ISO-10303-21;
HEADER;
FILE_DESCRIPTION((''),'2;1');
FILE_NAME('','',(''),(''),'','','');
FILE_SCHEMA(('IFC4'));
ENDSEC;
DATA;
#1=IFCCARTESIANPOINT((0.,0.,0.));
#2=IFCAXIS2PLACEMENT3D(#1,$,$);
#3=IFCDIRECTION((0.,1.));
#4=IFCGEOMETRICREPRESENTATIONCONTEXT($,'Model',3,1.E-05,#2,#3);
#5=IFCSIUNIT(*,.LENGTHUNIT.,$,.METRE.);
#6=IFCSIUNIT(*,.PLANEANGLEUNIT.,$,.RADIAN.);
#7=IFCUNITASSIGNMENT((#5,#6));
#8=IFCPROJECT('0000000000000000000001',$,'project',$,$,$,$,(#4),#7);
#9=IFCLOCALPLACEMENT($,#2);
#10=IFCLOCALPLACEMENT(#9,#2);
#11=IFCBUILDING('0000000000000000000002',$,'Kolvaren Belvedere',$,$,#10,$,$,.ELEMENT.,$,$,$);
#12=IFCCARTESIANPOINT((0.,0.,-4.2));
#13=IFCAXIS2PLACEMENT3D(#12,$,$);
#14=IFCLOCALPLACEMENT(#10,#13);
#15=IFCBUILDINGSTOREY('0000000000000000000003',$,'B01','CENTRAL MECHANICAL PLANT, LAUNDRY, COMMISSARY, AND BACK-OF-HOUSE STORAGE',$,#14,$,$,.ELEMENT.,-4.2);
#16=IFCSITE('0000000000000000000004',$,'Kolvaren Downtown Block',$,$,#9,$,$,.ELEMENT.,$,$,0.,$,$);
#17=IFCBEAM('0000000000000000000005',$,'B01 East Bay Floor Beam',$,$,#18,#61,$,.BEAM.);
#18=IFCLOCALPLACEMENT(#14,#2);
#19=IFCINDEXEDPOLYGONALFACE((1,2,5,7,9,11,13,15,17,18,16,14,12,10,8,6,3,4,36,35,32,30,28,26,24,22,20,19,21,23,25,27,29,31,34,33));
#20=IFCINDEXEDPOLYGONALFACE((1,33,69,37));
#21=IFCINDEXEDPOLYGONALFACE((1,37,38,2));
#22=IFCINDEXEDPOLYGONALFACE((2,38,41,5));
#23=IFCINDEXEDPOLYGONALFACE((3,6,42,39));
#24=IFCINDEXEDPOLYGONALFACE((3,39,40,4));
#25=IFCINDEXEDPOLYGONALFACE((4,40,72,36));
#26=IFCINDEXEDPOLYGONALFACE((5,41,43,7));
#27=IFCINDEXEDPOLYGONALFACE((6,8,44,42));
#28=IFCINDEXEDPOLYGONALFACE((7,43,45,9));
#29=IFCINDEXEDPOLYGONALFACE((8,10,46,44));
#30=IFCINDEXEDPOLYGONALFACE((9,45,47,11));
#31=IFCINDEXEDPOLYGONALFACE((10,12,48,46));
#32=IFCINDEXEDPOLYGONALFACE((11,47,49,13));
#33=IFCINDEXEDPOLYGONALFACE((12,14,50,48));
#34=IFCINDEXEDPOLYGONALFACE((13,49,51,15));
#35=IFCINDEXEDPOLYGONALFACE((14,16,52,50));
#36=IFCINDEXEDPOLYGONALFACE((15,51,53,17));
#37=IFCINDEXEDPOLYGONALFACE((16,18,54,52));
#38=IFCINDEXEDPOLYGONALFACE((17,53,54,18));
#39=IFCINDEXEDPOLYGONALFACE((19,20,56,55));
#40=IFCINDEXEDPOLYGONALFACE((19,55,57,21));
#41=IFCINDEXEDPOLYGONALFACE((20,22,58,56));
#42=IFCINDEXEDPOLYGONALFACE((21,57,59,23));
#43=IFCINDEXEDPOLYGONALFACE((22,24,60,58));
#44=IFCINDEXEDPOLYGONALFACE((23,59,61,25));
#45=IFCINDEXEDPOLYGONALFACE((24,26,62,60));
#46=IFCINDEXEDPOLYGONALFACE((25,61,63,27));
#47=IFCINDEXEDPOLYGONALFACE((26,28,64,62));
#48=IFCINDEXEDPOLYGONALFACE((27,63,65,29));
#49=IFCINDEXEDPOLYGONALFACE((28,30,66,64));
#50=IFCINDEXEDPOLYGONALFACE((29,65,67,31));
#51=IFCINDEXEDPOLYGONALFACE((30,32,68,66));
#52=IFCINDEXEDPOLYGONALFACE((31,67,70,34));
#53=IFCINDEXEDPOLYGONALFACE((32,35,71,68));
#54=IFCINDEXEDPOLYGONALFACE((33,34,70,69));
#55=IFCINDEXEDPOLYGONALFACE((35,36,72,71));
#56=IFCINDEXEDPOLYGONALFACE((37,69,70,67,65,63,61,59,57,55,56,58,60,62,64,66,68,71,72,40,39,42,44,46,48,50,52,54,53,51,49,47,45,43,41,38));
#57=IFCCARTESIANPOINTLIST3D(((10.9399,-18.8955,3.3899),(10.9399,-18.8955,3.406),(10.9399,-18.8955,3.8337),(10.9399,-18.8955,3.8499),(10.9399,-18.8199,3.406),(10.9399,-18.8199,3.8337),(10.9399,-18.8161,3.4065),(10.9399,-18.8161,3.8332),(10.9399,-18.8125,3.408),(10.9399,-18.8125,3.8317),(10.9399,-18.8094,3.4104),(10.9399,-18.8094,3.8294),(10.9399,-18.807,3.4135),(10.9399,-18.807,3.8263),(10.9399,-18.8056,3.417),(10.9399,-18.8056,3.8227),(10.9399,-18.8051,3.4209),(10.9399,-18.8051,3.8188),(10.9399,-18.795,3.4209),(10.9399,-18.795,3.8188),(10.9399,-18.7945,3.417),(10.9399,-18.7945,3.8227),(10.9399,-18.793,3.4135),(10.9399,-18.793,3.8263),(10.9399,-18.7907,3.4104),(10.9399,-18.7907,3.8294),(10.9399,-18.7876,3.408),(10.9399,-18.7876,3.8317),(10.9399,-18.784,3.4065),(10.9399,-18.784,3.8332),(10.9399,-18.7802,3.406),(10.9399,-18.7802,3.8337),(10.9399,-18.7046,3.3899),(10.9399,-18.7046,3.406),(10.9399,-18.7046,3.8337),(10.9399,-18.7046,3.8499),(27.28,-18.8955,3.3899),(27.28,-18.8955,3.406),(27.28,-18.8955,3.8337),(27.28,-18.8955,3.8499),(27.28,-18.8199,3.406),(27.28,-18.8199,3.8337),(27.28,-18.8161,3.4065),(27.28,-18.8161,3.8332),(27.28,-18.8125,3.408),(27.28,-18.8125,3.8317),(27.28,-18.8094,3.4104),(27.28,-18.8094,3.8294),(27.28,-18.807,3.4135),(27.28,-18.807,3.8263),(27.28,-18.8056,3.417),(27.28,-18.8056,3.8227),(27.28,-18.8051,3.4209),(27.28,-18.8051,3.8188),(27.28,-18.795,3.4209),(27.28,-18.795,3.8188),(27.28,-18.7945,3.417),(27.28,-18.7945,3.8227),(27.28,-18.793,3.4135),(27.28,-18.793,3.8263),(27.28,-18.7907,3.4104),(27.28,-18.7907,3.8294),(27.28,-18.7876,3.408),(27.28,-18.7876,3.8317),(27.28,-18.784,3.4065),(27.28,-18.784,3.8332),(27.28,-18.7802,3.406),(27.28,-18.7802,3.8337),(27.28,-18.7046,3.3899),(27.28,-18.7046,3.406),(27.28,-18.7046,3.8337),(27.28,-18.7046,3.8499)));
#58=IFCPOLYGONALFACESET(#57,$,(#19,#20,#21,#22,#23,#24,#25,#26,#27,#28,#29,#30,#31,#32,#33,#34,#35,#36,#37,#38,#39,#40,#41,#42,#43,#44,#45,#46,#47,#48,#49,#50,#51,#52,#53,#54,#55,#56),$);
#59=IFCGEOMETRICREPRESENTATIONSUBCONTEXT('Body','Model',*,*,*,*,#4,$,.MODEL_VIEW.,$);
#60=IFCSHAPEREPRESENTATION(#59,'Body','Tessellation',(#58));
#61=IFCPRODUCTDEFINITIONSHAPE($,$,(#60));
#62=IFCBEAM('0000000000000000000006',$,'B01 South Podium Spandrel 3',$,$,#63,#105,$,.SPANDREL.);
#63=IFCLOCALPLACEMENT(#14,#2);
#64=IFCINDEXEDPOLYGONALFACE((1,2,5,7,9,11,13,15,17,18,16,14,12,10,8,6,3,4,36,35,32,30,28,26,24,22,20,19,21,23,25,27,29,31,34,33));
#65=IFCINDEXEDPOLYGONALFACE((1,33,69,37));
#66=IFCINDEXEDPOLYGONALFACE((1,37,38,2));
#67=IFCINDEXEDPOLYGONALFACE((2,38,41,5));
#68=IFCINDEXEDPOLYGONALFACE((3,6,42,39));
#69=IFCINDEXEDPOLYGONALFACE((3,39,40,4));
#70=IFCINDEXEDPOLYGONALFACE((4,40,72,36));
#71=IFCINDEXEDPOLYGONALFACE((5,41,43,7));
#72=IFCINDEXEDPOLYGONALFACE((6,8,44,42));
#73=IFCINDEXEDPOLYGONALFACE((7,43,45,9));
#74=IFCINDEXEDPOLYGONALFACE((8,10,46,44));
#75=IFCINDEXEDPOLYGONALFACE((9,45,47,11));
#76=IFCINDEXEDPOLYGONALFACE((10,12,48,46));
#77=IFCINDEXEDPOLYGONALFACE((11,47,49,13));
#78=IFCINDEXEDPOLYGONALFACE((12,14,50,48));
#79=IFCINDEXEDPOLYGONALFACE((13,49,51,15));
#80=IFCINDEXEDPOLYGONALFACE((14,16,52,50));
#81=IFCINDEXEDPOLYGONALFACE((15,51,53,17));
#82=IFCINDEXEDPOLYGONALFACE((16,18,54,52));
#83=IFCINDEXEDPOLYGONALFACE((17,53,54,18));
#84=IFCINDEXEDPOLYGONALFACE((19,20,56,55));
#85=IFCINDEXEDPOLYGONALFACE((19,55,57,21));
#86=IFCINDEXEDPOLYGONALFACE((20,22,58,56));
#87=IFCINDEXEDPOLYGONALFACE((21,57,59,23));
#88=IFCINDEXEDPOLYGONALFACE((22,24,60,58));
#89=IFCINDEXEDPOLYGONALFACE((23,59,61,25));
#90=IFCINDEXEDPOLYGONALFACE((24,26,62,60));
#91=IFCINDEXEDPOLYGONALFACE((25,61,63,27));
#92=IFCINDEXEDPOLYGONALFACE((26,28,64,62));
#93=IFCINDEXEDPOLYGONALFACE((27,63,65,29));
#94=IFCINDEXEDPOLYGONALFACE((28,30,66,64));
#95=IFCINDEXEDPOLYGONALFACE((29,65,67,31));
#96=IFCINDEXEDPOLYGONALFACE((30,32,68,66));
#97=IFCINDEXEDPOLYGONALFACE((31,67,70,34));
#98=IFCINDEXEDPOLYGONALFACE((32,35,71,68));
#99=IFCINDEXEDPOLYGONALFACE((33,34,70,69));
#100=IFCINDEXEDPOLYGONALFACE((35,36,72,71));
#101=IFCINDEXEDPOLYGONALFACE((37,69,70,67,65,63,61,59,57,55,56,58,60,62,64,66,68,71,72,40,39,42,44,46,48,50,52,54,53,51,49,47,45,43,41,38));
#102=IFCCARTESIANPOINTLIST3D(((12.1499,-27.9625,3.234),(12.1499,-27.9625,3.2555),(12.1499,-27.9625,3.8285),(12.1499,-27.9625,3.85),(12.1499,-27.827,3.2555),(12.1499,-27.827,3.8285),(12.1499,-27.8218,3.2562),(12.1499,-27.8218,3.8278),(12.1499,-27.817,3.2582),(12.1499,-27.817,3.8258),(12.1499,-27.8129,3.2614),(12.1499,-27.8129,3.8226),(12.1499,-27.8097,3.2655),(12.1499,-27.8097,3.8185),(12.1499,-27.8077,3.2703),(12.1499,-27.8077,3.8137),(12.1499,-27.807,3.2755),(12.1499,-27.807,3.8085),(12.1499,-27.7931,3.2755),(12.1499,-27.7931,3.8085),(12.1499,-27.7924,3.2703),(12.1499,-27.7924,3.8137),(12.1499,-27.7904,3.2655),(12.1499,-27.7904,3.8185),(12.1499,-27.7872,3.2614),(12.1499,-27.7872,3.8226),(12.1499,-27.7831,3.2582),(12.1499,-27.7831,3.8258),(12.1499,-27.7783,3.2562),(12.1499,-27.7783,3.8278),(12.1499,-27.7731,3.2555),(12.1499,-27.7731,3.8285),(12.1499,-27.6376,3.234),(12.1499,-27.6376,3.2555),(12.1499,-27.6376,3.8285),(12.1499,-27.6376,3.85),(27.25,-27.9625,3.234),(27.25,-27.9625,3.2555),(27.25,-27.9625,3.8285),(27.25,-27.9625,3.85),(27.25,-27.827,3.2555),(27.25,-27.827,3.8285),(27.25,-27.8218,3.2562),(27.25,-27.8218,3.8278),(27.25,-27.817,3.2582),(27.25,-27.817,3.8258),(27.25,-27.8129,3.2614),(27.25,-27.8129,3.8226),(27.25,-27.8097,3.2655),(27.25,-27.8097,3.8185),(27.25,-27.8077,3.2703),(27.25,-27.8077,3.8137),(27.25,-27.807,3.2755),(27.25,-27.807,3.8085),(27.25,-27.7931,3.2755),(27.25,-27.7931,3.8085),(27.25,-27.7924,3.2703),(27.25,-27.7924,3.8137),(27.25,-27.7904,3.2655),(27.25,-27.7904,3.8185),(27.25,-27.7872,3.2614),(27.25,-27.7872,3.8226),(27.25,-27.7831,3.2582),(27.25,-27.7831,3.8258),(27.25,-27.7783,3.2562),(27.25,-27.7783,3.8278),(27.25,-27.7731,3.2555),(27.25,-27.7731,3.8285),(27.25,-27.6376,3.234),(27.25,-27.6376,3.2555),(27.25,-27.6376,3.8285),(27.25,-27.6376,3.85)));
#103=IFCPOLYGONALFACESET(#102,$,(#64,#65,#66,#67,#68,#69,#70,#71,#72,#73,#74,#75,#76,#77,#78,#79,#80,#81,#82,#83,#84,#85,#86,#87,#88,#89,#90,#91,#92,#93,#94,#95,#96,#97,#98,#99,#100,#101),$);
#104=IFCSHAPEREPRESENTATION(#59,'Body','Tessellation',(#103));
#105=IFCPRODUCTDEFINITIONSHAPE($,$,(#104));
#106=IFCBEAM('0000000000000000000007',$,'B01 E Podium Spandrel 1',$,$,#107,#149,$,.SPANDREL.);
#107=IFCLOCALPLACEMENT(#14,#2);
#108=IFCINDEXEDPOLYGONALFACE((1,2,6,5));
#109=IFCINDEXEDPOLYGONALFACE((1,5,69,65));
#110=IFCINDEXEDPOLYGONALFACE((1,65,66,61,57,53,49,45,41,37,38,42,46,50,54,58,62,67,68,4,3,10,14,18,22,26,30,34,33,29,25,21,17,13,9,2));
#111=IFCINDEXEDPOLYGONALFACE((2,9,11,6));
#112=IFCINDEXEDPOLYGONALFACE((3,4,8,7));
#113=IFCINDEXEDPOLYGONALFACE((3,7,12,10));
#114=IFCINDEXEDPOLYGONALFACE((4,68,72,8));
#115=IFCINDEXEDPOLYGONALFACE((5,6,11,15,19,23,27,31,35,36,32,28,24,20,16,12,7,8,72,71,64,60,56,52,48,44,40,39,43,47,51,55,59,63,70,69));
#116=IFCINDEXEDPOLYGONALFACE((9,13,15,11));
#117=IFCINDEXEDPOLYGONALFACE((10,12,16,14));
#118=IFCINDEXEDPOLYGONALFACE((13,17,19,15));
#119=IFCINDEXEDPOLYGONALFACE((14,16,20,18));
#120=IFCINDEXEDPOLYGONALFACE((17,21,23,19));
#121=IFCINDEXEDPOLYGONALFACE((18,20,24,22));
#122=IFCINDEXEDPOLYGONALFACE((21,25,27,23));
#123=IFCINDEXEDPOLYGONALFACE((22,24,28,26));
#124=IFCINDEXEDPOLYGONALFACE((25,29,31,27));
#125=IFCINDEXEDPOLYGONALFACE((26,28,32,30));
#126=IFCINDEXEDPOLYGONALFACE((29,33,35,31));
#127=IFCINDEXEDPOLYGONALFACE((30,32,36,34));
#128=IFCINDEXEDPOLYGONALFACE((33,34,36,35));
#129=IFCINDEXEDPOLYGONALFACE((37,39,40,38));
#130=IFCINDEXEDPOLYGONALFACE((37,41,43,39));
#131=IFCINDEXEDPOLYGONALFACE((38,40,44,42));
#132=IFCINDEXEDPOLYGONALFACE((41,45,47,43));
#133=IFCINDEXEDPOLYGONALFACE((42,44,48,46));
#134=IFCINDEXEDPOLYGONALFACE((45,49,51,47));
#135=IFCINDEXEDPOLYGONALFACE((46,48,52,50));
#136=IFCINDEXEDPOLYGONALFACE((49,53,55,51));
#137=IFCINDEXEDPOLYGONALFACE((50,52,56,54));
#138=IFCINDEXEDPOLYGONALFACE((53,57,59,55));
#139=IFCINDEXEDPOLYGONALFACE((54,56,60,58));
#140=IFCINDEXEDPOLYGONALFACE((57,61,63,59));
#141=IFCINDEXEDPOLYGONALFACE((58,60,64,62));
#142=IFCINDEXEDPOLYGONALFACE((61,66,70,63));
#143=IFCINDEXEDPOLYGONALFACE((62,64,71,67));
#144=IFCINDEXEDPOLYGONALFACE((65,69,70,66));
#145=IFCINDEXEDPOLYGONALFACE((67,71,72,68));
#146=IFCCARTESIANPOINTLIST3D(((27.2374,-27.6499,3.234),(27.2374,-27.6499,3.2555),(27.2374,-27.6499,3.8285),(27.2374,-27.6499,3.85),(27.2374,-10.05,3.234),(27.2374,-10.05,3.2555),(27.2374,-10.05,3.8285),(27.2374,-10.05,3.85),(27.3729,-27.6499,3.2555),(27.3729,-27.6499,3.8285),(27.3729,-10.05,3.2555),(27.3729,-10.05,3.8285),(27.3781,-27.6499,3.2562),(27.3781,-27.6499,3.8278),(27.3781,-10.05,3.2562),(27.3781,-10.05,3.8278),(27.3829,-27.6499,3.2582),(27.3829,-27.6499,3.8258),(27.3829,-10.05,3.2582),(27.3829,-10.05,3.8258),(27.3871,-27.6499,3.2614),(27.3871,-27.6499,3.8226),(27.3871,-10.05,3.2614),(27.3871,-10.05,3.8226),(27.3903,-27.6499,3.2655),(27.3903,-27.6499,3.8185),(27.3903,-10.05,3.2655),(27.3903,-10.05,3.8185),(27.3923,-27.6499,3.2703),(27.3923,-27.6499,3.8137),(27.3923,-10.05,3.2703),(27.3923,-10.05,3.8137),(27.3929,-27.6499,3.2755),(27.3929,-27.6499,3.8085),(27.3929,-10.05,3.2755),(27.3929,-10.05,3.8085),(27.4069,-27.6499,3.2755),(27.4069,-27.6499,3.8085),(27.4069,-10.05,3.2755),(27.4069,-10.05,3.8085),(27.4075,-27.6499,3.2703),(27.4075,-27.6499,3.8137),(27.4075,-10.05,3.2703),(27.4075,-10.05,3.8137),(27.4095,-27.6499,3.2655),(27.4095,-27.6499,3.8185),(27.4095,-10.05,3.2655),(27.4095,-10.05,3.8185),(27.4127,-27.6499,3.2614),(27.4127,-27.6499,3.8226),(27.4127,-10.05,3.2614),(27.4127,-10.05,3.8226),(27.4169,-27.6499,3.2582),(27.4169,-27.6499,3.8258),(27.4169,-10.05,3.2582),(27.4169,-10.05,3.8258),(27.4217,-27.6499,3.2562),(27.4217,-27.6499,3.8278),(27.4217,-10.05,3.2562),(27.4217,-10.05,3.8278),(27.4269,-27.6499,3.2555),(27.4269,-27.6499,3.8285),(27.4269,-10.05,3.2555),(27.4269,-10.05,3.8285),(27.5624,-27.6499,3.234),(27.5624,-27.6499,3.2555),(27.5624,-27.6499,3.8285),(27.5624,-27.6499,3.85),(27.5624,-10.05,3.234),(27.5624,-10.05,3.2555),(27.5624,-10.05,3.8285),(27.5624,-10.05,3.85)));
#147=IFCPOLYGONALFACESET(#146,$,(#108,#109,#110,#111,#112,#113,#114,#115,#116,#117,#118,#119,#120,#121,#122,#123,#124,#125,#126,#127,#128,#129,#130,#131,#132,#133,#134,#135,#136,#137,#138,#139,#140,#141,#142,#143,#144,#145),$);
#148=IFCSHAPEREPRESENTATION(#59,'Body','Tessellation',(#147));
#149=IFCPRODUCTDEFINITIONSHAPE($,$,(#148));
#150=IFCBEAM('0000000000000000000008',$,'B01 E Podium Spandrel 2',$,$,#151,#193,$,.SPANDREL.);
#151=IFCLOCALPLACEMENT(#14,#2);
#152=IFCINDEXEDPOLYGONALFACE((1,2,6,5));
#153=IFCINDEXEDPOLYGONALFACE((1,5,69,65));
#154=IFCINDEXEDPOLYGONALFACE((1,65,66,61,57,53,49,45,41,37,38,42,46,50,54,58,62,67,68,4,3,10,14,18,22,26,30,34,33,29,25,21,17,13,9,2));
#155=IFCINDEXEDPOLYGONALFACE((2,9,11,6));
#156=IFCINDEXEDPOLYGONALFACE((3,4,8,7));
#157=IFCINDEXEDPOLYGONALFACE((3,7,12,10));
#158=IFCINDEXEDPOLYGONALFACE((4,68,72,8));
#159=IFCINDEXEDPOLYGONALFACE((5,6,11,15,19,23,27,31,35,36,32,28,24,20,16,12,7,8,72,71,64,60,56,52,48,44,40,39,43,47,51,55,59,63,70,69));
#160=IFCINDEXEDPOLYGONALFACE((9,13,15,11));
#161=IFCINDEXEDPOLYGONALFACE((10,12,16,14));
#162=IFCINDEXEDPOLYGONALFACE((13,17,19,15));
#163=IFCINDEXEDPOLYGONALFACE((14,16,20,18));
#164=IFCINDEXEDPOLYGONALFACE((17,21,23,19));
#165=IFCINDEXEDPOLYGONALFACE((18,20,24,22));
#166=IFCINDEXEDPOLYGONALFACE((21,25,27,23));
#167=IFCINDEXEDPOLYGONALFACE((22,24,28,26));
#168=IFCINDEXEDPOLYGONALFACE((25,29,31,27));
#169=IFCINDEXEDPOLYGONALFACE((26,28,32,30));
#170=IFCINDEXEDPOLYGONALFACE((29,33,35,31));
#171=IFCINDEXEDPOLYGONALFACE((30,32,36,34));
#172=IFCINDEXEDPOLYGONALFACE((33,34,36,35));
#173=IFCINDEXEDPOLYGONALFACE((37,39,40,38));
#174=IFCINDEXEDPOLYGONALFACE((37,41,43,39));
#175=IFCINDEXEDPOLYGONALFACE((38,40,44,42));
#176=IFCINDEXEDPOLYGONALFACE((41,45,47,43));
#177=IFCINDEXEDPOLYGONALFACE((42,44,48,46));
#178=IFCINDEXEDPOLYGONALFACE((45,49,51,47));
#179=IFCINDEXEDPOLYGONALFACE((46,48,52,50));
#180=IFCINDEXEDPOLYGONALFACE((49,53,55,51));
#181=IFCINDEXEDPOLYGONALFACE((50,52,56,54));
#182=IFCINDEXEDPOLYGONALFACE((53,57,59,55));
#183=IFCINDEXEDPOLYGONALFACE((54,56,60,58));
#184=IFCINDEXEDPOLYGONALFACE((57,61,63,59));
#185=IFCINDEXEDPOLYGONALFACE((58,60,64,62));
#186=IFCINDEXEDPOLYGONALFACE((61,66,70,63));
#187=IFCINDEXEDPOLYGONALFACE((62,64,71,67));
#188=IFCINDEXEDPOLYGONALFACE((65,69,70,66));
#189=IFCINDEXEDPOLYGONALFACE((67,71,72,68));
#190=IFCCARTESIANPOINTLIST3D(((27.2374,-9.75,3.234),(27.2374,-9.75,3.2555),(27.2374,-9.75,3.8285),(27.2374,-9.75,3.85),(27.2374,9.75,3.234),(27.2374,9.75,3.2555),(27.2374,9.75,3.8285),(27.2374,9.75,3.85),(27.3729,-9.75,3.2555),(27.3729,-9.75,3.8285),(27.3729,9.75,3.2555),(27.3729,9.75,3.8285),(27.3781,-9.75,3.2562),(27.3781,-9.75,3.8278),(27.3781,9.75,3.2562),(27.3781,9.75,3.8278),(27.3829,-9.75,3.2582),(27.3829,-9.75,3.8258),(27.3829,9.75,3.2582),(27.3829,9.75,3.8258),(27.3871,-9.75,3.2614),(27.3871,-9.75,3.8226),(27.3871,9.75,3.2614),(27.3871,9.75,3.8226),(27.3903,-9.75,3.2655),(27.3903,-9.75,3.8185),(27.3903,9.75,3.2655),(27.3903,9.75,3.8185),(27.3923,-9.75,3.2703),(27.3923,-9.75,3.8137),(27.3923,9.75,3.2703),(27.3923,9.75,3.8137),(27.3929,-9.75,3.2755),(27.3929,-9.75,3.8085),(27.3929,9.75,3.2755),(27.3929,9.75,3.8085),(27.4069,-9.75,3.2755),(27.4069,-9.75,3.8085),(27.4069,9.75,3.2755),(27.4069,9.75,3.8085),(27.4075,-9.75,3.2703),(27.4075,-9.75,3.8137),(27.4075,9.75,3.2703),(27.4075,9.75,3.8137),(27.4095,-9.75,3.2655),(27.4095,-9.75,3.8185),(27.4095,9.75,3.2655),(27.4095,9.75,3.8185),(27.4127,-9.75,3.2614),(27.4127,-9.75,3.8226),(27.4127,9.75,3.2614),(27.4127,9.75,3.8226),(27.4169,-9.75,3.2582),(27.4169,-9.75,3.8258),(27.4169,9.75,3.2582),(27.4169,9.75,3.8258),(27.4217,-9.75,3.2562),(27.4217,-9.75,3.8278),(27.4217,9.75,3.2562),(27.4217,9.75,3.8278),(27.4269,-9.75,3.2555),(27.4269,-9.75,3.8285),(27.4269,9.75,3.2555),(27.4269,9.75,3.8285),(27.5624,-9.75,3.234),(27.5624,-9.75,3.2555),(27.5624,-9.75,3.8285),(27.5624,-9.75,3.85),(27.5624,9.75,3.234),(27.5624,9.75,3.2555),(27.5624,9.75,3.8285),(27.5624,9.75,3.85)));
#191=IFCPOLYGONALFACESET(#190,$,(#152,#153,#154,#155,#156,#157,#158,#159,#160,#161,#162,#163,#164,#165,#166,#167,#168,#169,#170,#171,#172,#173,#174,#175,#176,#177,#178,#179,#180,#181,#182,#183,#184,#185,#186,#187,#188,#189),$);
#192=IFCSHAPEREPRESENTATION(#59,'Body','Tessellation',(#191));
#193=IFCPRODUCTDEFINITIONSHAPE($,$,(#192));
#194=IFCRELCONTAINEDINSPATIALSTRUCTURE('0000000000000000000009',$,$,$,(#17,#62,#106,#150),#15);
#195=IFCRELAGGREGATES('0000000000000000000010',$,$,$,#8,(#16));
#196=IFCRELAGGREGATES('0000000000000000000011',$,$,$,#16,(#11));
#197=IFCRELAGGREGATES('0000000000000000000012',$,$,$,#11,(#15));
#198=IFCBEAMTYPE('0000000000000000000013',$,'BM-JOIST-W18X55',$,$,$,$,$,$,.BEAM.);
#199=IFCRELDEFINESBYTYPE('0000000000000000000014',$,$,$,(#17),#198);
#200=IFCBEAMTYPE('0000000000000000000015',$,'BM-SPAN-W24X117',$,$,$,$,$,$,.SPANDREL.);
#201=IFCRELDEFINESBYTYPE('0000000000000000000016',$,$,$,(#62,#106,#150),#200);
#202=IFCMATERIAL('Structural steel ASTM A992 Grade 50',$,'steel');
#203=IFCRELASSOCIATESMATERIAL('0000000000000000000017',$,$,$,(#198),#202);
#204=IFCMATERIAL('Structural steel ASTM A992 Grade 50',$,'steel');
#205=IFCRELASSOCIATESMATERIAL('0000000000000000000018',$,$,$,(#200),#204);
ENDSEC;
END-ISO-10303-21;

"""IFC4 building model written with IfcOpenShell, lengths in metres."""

from ifc_helpers import new_model, si_unit, direction, frame, origin, origin_2d, place, context, subcontext, project, spatial, i_section, extrude, material, material_profile, profile_set, type_object, element, save


model = new_model("IFC4")

# Units and contexts
model_context = context("Model", 3, precision=1e-05, world=origin(), true_north=direction((0.0, 1.0)))
body_context = subcontext(model_context, "Body", "Model", "MODEL_VIEW")
ifc_project = project(units=[si_unit("LENGTHUNIT", "METRE"), si_unit("PLANEANGLEUNIT", "RADIAN")], contexts=[model_context])

# Site, building, storey
site_placement = place(None, origin())
site = spatial("IfcSite", under=ifc_project, at=site_placement, Name="Kolvaren Downtown Block", CompositionType="ELEMENT", RefElevation=0.0)
building_placement = place(site_placement, origin())
building = spatial("IfcBuilding", under=site, at=building_placement, Name="Kolvaren Belvedere", CompositionType="ELEMENT")
storey_placement = place(building_placement, frame((0.0, 0.0, -4.2)))
storey = spatial("IfcBuildingStorey", under=building, at=storey_placement, Name="B01", Description="CENTRAL MECHANICAL PLANT, LAUNDRY, COMMISSARY, AND BACK-OF-HOUSE STORAGE", CompositionType="ELEMENT", Elevation=-4.2)

# Beams
ifc_material_1 = material(Name="Structural steel ASTM A992 Grade 50", Category="steel")
ifc_material_profile_1 = material_profile(ifc_material_1, i_section(OverallWidth=0.1909, OverallDepth=0.46, WebThickness=0.01, FlangeThickness=0.0161, FilletRadius=0.0149, at=origin_2d()), Name="W18X55")
ifc_profile_set_1 = profile_set([ifc_material_profile_1], Name="Structural steel ASTM A992 Grade 50")
beam_type_1 = type_object("IfcBeamType", Name="BM-JOIST-W18X55", PredefinedType="BEAM", material=ifc_profile_set_1)
beam_1_placement = place(storey_placement, frame((10.9399, -18.8, 3.6199), z_axis=(1.0, 0.0, 0.0), x_axis=(0.0, 1.0, 0.0)))
element("IfcBeam", 1, at=beam_1_placement, inside=storey, type_object=beam_type_1, Name="B01 East Bay Floor Beam", PredefinedType="BEAM", context=body_context, shape_type="SweptSolid", body=[
    extrude(i_section(OverallWidth=0.1909, OverallDepth=0.46, WebThickness=0.01, FlangeThickness=0.0161, FilletRadius=0.0149, at=origin_2d()), origin(), (0.0, 0.0, 1.0), 16.3401),
])
ifc_material_2 = material(Name="Structural steel ASTM A992 Grade 50", Category="steel")
ifc_material_profile_2 = material_profile(ifc_material_2, i_section(OverallWidth=0.325, OverallDepth=0.616, WebThickness=0.0139, FlangeThickness=0.0215, FilletRadius=0.02, at=origin_2d()), Name="W24X117")
ifc_profile_set_2 = profile_set([ifc_material_profile_2], Name="Structural steel ASTM A992 Grade 50")
beam_type_2 = type_object("IfcBeamType", Name="BM-SPAN-W24X117", PredefinedType="SPANDREL", material=ifc_profile_set_2)
beam_2_placement = place(storey_placement, frame((12.1499, -27.8, 3.542), z_axis=(1.0, 0.0, 0.0), x_axis=(0.0, 1.0, 0.0)))
element("IfcBeam", 2, at=beam_2_placement, inside=storey, type_object=beam_type_2, Name="B01 South Podium Spandrel 3", PredefinedType="SPANDREL", context=body_context, shape_type="SweptSolid", body=[
    extrude(i_section(OverallWidth=0.325, OverallDepth=0.616, WebThickness=0.0139, FlangeThickness=0.0215, FilletRadius=0.02, at=origin_2d()), origin(), (0.0, 0.0, 1.0), 15.1001),
])
beam_3_placement = place(storey_placement, frame((27.3999, -27.6499, 3.542), z_axis=(0.0, 1.0, 0.0), x_axis=(-1.0, 0.0, 0.0)))
element("IfcBeam", 3, at=beam_3_placement, inside=storey, type_object=beam_type_2, Name="B01 E Podium Spandrel 1", PredefinedType="SPANDREL", context=body_context, shape_type="SweptSolid", body=[
    extrude(i_section(OverallWidth=0.325, OverallDepth=0.616, WebThickness=0.0139, FlangeThickness=0.0215, FilletRadius=0.02, at=origin_2d()), origin(), (0.0, 0.0, 1.0), 17.5999),
])
beam_4_placement = place(storey_placement, frame((27.3999, -9.75, 3.542), z_axis=(0.0, 1.0, 0.0), x_axis=(-1.0, 0.0, 0.0)))
element("IfcBeam", 4, at=beam_4_placement, inside=storey, type_object=beam_type_2, Name="B01 E Podium Spandrel 2", PredefinedType="SPANDREL", context=body_context, shape_type="SweptSolid", body=[
    extrude(i_section(OverallWidth=0.325, OverallDepth=0.616, WebThickness=0.0139, FlangeThickness=0.0215, FilletRadius=0.02, at=origin_2d()), origin(), (0.0, 0.0, 1.0), 19.5),
])

save(model, "model.ifc")
